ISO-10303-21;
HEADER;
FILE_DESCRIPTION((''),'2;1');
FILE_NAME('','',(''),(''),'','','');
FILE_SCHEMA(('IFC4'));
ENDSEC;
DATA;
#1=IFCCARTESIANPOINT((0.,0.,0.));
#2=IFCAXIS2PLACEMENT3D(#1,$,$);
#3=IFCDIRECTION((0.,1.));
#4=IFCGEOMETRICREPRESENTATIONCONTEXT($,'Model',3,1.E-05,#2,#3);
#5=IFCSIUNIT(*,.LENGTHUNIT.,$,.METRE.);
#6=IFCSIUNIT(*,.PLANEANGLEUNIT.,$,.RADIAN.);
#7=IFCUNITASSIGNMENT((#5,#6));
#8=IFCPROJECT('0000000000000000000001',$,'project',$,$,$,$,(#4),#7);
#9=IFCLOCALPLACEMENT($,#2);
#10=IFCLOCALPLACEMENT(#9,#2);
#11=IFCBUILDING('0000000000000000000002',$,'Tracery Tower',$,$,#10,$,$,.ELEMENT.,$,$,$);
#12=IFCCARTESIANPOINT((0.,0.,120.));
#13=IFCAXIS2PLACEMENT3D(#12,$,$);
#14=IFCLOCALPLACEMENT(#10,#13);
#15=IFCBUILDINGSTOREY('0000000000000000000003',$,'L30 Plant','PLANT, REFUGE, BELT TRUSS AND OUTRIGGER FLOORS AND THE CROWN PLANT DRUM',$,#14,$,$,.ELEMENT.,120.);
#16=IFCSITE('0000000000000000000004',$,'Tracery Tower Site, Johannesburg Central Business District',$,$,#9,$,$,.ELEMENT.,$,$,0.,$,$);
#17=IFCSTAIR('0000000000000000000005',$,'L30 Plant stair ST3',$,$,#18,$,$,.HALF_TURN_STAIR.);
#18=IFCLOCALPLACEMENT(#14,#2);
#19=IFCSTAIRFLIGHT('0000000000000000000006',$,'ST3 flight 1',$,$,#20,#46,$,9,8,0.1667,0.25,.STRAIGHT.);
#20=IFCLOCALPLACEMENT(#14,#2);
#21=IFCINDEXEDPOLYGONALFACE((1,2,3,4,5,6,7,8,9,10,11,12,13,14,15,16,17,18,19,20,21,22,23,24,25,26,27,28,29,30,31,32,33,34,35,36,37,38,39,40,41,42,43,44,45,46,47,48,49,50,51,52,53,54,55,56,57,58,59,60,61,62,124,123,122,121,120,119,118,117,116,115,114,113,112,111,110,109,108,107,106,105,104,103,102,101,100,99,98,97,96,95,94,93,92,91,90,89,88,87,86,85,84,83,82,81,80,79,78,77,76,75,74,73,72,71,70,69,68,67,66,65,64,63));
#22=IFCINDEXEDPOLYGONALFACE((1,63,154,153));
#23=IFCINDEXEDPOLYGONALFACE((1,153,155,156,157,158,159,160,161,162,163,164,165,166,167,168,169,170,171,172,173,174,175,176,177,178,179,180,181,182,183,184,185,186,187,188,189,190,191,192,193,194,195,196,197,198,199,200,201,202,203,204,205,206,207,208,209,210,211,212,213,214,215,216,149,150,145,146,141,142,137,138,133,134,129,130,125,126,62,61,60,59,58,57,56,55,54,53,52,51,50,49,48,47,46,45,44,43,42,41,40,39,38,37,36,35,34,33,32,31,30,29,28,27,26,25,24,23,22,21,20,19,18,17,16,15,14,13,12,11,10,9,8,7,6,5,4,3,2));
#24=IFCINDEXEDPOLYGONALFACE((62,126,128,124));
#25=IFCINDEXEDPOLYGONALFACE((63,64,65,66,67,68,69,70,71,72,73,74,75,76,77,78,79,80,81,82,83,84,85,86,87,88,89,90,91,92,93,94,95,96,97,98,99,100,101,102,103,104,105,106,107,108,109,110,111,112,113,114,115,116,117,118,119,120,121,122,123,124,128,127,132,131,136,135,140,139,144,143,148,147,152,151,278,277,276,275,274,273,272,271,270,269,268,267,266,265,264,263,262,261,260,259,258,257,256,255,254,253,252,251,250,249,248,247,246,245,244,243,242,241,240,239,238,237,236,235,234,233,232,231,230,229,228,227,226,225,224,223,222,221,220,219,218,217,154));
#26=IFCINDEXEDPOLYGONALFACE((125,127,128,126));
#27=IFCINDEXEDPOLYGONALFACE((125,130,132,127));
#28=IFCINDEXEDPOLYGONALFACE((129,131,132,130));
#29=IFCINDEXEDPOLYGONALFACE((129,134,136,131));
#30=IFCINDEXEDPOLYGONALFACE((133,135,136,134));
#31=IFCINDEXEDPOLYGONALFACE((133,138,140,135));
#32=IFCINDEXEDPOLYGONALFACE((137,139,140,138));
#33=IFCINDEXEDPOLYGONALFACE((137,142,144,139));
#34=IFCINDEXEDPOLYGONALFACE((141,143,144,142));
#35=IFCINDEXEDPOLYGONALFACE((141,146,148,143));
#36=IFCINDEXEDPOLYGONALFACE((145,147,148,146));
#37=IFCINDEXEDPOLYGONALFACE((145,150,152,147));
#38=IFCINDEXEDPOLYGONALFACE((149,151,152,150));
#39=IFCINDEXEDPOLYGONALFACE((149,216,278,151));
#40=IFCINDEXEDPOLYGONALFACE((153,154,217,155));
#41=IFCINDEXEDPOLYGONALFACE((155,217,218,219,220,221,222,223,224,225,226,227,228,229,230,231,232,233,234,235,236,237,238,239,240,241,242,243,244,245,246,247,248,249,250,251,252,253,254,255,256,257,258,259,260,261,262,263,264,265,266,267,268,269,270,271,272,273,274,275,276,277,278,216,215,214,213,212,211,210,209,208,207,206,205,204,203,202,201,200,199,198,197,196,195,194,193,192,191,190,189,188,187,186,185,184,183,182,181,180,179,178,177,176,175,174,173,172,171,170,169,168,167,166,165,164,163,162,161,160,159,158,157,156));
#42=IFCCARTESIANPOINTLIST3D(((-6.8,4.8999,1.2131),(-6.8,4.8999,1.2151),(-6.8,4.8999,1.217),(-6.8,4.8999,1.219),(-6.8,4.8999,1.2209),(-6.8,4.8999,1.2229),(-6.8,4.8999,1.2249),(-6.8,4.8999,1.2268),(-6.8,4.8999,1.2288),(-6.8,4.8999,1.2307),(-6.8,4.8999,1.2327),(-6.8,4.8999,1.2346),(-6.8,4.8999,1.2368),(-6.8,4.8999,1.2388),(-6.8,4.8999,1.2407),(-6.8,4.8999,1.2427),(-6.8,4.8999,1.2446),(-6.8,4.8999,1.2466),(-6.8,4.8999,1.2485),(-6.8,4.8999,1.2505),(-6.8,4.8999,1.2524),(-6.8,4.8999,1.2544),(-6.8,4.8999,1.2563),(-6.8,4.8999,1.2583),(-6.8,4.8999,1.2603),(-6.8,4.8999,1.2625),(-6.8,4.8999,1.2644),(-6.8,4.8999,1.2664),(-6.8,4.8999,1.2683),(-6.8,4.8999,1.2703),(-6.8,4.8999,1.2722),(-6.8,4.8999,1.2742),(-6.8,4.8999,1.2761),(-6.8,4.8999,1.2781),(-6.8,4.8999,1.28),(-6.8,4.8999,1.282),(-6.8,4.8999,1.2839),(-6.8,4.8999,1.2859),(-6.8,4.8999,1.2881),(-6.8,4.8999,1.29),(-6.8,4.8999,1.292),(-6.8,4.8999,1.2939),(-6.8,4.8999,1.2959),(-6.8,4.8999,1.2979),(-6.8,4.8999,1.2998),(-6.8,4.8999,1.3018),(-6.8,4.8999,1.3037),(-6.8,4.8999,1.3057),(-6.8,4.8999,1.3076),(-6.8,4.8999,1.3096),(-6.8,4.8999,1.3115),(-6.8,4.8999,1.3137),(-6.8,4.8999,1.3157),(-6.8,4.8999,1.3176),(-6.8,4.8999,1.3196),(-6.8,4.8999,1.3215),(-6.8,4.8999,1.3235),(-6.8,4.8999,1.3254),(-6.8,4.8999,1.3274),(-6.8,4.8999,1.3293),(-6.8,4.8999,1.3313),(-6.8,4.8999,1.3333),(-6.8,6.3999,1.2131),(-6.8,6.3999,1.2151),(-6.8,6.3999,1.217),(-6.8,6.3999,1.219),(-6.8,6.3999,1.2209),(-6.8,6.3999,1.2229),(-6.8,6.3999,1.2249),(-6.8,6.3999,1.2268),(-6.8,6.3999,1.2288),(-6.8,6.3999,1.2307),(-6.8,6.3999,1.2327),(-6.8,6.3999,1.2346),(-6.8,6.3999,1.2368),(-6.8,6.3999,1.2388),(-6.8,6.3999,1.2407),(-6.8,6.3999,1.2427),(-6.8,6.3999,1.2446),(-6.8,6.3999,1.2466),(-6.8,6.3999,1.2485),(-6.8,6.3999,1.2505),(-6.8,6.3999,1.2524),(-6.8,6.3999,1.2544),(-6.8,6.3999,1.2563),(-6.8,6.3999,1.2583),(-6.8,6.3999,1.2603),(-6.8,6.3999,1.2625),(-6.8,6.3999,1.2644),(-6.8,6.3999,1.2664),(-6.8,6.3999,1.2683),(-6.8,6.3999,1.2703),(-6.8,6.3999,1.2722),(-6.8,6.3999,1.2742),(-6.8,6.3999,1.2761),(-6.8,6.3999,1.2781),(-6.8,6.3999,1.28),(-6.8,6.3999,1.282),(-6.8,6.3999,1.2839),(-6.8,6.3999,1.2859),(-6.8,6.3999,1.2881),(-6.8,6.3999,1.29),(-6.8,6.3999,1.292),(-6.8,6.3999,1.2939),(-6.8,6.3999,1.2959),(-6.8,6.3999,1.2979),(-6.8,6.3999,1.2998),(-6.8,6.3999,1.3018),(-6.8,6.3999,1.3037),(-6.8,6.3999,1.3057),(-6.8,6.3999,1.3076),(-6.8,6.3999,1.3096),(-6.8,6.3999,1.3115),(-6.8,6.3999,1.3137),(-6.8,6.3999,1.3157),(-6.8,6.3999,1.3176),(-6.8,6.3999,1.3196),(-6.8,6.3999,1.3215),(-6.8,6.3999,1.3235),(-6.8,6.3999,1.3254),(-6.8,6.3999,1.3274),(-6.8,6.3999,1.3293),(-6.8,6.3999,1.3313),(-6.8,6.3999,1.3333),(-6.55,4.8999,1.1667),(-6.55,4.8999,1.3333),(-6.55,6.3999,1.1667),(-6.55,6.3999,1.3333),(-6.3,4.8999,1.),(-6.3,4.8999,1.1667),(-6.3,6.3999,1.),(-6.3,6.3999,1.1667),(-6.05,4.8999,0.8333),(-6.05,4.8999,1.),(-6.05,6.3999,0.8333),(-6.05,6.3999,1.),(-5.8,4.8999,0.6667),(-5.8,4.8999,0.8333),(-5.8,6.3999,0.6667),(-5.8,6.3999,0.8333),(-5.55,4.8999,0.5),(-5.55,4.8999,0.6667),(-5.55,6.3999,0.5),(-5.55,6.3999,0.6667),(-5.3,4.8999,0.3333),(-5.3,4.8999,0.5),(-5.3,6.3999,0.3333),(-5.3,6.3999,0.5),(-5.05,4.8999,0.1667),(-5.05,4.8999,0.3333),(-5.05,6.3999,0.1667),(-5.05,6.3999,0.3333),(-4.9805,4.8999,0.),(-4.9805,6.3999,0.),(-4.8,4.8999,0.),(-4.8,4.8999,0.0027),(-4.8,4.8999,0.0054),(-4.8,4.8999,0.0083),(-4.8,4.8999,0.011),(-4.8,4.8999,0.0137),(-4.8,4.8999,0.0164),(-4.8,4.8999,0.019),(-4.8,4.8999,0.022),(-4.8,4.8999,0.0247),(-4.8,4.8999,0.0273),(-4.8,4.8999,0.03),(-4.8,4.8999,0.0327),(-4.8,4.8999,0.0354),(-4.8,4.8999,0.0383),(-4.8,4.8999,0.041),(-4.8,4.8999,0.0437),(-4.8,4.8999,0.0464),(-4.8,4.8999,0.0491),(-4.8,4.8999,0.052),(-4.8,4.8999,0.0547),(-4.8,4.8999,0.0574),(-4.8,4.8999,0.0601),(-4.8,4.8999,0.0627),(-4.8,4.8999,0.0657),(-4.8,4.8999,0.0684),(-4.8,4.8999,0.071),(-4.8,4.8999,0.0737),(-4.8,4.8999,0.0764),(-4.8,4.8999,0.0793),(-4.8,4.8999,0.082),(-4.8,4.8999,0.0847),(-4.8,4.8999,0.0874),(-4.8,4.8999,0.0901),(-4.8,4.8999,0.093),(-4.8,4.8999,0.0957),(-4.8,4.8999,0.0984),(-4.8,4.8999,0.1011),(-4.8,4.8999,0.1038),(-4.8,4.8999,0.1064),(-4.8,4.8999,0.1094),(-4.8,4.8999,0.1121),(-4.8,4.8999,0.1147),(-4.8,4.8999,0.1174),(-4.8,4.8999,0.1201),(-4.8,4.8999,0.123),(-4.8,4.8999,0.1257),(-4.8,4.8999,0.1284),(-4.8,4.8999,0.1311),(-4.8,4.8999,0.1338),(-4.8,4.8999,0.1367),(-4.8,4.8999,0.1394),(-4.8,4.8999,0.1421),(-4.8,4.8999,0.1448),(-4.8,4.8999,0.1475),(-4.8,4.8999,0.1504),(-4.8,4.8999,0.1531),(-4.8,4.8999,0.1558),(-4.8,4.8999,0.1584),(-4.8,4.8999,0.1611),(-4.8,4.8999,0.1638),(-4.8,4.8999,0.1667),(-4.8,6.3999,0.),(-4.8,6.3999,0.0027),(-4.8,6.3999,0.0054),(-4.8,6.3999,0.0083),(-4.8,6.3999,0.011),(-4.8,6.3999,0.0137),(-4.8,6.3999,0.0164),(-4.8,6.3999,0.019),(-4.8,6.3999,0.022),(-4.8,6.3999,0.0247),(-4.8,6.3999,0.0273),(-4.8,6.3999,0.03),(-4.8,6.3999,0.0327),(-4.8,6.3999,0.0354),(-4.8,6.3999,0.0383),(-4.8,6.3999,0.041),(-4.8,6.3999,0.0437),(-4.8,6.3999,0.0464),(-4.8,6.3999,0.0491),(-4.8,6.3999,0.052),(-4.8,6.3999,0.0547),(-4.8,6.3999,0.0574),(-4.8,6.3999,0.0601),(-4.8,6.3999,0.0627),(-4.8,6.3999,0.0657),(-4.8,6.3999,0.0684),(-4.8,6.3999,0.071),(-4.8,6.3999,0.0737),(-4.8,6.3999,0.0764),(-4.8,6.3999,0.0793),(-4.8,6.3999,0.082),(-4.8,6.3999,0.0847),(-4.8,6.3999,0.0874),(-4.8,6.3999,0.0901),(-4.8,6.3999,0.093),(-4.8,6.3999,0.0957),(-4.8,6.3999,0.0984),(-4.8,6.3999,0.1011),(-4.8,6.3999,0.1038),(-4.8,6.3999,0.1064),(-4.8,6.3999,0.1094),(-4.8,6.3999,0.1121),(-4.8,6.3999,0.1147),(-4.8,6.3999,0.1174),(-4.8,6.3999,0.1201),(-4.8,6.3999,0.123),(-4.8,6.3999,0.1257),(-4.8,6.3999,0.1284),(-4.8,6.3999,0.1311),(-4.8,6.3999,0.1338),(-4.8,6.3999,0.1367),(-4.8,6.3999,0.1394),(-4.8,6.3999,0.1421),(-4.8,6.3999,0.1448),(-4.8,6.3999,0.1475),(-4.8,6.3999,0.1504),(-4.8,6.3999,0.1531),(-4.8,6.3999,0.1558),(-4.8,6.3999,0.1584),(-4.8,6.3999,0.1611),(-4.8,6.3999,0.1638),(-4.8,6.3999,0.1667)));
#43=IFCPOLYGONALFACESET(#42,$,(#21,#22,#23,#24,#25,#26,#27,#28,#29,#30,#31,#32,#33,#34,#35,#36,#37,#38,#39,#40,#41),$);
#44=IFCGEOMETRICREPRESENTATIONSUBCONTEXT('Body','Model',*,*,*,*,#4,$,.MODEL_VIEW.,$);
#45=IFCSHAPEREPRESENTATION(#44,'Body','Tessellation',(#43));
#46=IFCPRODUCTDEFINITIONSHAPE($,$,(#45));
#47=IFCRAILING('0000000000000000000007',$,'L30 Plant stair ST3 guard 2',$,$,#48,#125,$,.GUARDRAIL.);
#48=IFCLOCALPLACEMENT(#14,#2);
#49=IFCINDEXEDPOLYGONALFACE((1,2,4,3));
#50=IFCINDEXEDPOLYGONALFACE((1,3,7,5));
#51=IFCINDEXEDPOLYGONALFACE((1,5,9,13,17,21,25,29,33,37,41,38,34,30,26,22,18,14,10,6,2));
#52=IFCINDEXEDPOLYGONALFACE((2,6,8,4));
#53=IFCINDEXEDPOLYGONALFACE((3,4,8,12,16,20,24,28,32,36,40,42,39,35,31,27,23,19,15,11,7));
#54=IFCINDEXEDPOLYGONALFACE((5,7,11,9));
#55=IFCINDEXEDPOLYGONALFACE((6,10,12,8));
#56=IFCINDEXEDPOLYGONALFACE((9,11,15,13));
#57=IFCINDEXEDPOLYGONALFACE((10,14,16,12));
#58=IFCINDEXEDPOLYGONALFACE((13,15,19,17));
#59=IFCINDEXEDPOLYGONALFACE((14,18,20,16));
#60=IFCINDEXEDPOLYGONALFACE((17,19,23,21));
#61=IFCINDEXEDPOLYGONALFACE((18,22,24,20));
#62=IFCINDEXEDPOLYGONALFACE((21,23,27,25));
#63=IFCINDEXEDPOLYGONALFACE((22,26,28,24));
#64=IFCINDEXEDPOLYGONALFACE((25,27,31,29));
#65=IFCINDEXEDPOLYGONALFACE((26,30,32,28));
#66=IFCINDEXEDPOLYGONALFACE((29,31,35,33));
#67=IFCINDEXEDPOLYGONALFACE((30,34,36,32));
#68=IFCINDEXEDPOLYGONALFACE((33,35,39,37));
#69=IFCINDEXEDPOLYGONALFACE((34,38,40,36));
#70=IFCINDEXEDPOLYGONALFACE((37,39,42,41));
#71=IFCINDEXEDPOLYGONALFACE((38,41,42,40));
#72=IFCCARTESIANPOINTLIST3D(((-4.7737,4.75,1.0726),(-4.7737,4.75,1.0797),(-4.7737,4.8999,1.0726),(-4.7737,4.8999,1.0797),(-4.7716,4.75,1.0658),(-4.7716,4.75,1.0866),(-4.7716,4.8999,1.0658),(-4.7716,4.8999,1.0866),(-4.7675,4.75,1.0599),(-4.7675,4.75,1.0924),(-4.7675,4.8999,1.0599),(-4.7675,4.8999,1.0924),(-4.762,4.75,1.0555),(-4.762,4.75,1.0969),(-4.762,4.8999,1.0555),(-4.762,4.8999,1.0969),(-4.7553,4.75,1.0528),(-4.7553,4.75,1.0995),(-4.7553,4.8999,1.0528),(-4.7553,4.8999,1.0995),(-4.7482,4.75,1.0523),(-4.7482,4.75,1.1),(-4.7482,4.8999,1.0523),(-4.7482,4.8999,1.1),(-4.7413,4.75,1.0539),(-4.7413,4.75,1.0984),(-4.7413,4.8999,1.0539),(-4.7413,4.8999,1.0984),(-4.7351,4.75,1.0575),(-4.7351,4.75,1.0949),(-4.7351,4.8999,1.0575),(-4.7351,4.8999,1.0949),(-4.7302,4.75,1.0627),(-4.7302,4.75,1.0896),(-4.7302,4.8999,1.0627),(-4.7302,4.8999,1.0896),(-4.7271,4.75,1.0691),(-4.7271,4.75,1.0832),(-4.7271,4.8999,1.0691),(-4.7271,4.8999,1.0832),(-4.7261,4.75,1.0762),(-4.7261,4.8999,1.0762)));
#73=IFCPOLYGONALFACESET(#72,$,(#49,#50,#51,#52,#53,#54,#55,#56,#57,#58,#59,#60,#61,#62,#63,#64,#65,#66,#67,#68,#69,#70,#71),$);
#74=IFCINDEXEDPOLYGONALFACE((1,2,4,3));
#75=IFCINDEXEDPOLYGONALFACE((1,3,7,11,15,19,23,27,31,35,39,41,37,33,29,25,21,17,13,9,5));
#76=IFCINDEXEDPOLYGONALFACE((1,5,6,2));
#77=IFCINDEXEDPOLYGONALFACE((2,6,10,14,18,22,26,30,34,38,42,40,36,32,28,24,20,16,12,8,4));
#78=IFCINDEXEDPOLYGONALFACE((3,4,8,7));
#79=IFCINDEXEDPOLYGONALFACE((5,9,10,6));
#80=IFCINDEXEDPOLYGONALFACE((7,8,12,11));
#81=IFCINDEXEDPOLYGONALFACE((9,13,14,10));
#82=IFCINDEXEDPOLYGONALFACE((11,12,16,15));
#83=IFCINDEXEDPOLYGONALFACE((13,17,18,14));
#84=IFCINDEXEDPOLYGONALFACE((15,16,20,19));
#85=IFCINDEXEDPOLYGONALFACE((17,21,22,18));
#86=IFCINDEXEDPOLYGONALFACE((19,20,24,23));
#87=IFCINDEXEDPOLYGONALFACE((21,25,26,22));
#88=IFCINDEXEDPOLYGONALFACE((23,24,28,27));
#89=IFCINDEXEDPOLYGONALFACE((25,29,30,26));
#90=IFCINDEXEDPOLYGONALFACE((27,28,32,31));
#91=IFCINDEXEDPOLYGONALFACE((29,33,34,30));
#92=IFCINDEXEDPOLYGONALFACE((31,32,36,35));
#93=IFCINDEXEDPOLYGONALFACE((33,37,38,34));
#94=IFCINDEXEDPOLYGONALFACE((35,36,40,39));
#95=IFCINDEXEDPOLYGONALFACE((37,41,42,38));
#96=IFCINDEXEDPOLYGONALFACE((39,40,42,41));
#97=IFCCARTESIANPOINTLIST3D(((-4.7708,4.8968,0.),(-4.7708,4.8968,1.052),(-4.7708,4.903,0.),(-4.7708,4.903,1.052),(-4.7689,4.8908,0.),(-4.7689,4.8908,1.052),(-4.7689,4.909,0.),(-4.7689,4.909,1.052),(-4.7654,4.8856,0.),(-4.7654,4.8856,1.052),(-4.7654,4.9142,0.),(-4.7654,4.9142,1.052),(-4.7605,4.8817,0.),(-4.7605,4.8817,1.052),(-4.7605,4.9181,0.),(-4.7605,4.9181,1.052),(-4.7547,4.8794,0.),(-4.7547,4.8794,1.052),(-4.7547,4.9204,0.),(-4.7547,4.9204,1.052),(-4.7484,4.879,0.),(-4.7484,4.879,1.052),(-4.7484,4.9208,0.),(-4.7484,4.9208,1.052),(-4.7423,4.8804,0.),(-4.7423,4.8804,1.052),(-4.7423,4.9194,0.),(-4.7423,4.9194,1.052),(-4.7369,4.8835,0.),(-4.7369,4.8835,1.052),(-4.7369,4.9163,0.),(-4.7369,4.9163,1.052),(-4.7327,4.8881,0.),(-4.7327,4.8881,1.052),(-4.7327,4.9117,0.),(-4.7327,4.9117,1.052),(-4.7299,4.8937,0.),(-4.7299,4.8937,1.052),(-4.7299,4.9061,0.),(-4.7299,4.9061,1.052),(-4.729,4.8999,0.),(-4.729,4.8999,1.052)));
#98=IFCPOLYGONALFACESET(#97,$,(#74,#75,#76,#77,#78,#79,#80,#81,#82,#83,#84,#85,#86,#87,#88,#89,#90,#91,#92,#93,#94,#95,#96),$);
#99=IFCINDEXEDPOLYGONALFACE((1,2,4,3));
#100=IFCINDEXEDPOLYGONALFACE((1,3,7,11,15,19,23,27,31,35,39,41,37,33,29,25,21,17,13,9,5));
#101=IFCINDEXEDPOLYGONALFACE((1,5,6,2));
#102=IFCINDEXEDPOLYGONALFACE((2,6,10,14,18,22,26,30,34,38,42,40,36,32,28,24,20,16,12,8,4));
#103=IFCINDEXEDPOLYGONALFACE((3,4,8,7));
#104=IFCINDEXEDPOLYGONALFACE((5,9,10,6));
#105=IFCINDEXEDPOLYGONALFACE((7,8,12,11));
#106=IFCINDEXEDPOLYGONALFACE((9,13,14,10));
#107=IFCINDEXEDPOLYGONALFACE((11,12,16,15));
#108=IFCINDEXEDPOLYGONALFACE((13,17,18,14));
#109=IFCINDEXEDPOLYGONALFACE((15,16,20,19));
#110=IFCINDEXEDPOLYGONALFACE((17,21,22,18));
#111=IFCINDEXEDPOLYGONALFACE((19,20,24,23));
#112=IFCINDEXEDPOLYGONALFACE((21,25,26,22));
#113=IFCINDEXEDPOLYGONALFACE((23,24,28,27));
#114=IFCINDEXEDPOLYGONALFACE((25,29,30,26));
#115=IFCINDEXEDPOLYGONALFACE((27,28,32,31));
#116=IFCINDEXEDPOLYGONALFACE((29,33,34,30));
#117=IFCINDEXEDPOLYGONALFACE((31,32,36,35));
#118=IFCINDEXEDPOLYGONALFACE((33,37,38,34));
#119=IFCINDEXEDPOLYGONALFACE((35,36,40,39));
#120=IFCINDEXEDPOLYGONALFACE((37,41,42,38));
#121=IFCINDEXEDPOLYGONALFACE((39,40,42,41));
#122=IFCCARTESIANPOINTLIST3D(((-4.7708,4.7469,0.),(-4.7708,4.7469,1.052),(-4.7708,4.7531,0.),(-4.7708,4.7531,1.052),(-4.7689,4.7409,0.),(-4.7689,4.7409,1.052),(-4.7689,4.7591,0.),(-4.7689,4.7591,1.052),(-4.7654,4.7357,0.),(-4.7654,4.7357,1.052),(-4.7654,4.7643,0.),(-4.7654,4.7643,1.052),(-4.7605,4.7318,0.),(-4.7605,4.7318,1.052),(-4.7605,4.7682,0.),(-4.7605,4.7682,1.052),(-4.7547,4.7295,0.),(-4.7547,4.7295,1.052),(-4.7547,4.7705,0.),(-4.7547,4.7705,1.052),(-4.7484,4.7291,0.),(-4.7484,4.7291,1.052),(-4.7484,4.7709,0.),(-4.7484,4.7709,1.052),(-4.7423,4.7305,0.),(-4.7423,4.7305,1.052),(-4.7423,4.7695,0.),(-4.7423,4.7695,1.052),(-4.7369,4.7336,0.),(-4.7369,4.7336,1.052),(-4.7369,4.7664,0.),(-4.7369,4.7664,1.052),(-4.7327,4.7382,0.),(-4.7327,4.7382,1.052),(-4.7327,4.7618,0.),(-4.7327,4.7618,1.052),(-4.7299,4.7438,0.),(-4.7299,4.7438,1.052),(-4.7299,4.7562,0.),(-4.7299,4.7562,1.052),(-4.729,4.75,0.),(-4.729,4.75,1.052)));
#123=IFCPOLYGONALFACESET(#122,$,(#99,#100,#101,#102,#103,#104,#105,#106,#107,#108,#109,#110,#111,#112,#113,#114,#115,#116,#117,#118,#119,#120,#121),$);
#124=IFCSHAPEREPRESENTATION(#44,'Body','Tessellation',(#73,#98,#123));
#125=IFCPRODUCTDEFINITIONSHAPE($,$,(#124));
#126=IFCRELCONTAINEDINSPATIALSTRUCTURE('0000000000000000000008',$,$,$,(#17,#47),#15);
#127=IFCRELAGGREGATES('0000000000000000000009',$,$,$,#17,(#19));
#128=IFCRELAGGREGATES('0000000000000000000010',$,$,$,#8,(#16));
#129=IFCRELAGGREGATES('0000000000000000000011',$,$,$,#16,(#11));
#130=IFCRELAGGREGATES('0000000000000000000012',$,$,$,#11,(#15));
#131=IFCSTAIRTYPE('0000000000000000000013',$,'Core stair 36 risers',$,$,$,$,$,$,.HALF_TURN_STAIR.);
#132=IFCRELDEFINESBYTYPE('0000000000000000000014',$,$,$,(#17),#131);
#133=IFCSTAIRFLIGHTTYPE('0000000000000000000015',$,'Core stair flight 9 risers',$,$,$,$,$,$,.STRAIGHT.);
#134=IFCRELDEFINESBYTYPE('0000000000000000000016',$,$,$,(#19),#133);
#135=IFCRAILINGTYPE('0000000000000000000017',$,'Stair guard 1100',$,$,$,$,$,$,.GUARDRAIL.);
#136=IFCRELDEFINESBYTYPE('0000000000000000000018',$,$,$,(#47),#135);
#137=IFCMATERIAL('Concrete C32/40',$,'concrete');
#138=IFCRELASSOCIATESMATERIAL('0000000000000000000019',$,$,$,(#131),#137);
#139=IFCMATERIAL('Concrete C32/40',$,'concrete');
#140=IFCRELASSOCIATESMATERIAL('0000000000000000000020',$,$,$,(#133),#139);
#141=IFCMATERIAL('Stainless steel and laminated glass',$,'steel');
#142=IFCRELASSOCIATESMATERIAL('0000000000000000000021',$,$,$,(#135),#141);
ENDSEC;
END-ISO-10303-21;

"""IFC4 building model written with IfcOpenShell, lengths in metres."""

from ifc_helpers import new_model, si_unit, direction, frame, origin, origin_2d, place, context, subcontext, project, spatial, polyline, circle, outline, extrude, material, type_object, element, aggregate, save


model = new_model("IFC4")

# Units and contexts
model_context = context("Model", 3, precision=1e-05, world=origin(), true_north=direction((0.0, 1.0)))
body_context = subcontext(model_context, "Body", "Model", "MODEL_VIEW")
ifc_project = project(units=[si_unit("LENGTHUNIT", "METRE"), si_unit("PLANEANGLEUNIT", "RADIAN")], contexts=[model_context])

# Site, building, storey
site_placement = place(None, origin())
site = spatial("IfcSite", under=ifc_project, at=site_placement, Name="Tracery Tower Site, Johannesburg Central Business District", CompositionType="ELEMENT", RefElevation=0.0)
building_placement = place(site_placement, origin())
building = spatial("IfcBuilding", under=site, at=building_placement, Name="Tracery Tower", CompositionType="ELEMENT")
storey_placement = place(building_placement, frame((0.0, 0.0, 120.0)))
storey = spatial("IfcBuildingStorey", under=building, at=storey_placement, Name="L30 Plant", Description="PLANT, REFUGE, BELT TRUSS AND OUTRIGGER FLOORS AND THE CROWN PLANT DRUM", CompositionType="ELEMENT", Elevation=120.0)

# Stair, stair flight
ifc_material_1 = material(Name="Concrete C32/40", Category="concrete")
stair_type = type_object("IfcStairType", Name="Core stair 36 risers", PredefinedType="HALF_TURN_STAIR", material=ifc_material_1)
stair_placement = place(storey_placement, origin())
stair = element("IfcStair", 1, at=stair_placement, inside=storey, type_object=stair_type, Name="L30 Plant stair ST3", PredefinedType="HALF_TURN_STAIR")
ifc_material_2 = material(Name="Concrete C32/40", Category="concrete")
stair_flight_type = type_object("IfcStairFlightType", Name="Core stair flight 9 risers", PredefinedType="STRAIGHT", material=ifc_material_2)
stair_flight_1_placement = place(storey_placement, frame((-4.8, 5.6499, 0.0), z_axis=(0.0, 0.0, 1.0), x_axis=(-1.0, 0.0, 0.0)))
stair_flight_1 = element("IfcStairFlight", 2, at=stair_flight_1_placement, type_object=stair_flight_type, Name="ST3 flight 1", NumberOfRisers=9, NumberOfTreads=8, PredefinedType="STRAIGHT", RiserHeight=0.1667, TreadLength=0.25, context=body_context, shape_type="SweptSolid", body=[
    extrude(outline(polyline([(0.0, 0.0), (0.0, 0.0027), (0.0, 0.0054), (0.0, 0.0083), (0.0, 0.011), (0.0, 0.0137), (0.0, 0.0164), (0.0, 0.019), (0.0, 0.022), (0.0, 0.0247), (0.0, 0.0273), (0.0, 0.03), (0.0, 0.0327), (0.0, 0.0354), (0.0, 0.0383), (0.0, 0.041), (0.0, 0.0437), (0.0, 0.0464), (0.0, 0.0491), (0.0, 0.052), (0.0, 0.0547), (0.0, 0.0574), (0.0, 0.0601), (0.0, 0.0627), (0.0, 0.0657), (0.0, 0.0684), (0.0, 0.071), (0.0, 0.0737), (0.0, 0.0764), (0.0, 0.0793), (0.0, 0.082), (0.0, 0.0847), (0.0, 0.0874), (0.0, 0.0901), (0.0, 0.093), (0.0, 0.0957), (0.0, 0.0984), (0.0, 0.1011), (0.0, 0.1038), (0.0, 0.1064), (0.0, 0.1094), (0.0, 0.1121), (0.0, 0.1147), (0.0, 0.1174), (0.0, 0.1201), (0.0, 0.123), (0.0, 0.1257), (0.0, 0.1284), (0.0, 0.1311), (0.0, 0.1338), (0.0, 0.1367), (0.0, 0.1394), (0.0, 0.1421), (0.0, 0.1448), (0.0, 0.1475), (0.0, 0.1504), (0.0, 0.1531), (0.0, 0.1558), (0.0, 0.1584), (0.0, 0.1611), (0.0, 0.1638), (0.0, 0.1667), (0.25, 0.1667), (0.25, 0.3333), (0.5, 0.3333), (0.5, 0.5), (0.75, 0.5), (0.75, 0.6667), (1.0, 0.6667), (1.0, 0.8333), (1.25, 0.8333), (1.25, 1.0), (1.5, 1.0), (1.5, 1.1667), (1.75, 1.1667), (1.75, 1.3333), (2.0, 1.3333), (2.0, 1.3313), (2.0, 1.3293), (2.0, 1.3274), (2.0, 1.3254), (2.0, 1.3235), (2.0, 1.3215), (2.0, 1.3196), (2.0, 1.3176), (2.0, 1.3157), (2.0, 1.3137), (2.0, 1.3115), (2.0, 1.3096), (2.0, 1.3076), (2.0, 1.3057), (2.0, 1.3037), (2.0, 1.3018), (2.0, 1.2998), (2.0, 1.2979), (2.0, 1.2959), (2.0, 1.2939), (2.0, 1.292), (2.0, 1.29), (2.0, 1.2881), (2.0, 1.2859), (2.0, 1.2839), (2.0, 1.282), (2.0, 1.28), (2.0, 1.2781), (2.0, 1.2761), (2.0, 1.2742), (2.0, 1.2722), (2.0, 1.2703), (2.0, 1.2683), (2.0, 1.2664), (2.0, 1.2644), (2.0, 1.2625), (2.0, 1.2603), (2.0, 1.2583), (2.0, 1.2563), (2.0, 1.2544), (2.0, 1.2524), (2.0, 1.2505), (2.0, 1.2485), (2.0, 1.2466), (2.0, 1.2446), (2.0, 1.2427), (2.0, 1.2407), (2.0, 1.2388), (2.0, 1.2368), (2.0, 1.2346), (2.0, 1.2327), (2.0, 1.2307), (2.0, 1.2288), (2.0, 1.2268), (2.0, 1.2249), (2.0, 1.2229), (2.0, 1.2209), (2.0, 1.219), (2.0, 1.217), (2.0, 1.2151), (2.0, 1.2131), (0.1804, 0.0), (0.0, 0.0)])), frame((0.0, 0.75, 0.0), z_axis=(0.0, -1.0, 0.0), x_axis=(1.0, 0.0, 0.0)), (0.0, 0.0, 1.0), 1.5),
])
aggregate(stair, [stair_flight_1])

# Railing
ifc_material_3 = material(Name="Stainless steel and laminated glass", Category="steel")
railing_type_1 = type_object("IfcRailingType", Name="Stair guard 1100", PredefinedType="GUARDRAIL", material=ifc_material_3)
railing_1_placement = place(storey_placement, frame((-4.75, 4.8999, 0.0)))
element("IfcRailing", 3, at=railing_1_placement, inside=storey, type_object=railing_type_1, Name="L30 Plant stair ST3 guard 2", PredefinedType="GUARDRAIL", context=body_context, shape_type="SweptSolid", body=[
    extrude(circle(Radius=0.0239, at=origin_2d()), frame((0.0, 0.0, 1.0762), z_axis=(0.0, -1.0, 0.0), x_axis=(1.0, 0.0, 0.0)), (0.0, 0.0, 1.0), 0.1499),
    extrude(circle(Radius=0.021, at=origin_2d()), origin(), (0.0, 0.0, 1.0), 1.052),
    extrude(circle(Radius=0.021, at=origin_2d()), frame((0.0, -0.1499, 0.0)), (0.0, 0.0, 1.0), 1.052),
])

save(model, "model.ifc")
